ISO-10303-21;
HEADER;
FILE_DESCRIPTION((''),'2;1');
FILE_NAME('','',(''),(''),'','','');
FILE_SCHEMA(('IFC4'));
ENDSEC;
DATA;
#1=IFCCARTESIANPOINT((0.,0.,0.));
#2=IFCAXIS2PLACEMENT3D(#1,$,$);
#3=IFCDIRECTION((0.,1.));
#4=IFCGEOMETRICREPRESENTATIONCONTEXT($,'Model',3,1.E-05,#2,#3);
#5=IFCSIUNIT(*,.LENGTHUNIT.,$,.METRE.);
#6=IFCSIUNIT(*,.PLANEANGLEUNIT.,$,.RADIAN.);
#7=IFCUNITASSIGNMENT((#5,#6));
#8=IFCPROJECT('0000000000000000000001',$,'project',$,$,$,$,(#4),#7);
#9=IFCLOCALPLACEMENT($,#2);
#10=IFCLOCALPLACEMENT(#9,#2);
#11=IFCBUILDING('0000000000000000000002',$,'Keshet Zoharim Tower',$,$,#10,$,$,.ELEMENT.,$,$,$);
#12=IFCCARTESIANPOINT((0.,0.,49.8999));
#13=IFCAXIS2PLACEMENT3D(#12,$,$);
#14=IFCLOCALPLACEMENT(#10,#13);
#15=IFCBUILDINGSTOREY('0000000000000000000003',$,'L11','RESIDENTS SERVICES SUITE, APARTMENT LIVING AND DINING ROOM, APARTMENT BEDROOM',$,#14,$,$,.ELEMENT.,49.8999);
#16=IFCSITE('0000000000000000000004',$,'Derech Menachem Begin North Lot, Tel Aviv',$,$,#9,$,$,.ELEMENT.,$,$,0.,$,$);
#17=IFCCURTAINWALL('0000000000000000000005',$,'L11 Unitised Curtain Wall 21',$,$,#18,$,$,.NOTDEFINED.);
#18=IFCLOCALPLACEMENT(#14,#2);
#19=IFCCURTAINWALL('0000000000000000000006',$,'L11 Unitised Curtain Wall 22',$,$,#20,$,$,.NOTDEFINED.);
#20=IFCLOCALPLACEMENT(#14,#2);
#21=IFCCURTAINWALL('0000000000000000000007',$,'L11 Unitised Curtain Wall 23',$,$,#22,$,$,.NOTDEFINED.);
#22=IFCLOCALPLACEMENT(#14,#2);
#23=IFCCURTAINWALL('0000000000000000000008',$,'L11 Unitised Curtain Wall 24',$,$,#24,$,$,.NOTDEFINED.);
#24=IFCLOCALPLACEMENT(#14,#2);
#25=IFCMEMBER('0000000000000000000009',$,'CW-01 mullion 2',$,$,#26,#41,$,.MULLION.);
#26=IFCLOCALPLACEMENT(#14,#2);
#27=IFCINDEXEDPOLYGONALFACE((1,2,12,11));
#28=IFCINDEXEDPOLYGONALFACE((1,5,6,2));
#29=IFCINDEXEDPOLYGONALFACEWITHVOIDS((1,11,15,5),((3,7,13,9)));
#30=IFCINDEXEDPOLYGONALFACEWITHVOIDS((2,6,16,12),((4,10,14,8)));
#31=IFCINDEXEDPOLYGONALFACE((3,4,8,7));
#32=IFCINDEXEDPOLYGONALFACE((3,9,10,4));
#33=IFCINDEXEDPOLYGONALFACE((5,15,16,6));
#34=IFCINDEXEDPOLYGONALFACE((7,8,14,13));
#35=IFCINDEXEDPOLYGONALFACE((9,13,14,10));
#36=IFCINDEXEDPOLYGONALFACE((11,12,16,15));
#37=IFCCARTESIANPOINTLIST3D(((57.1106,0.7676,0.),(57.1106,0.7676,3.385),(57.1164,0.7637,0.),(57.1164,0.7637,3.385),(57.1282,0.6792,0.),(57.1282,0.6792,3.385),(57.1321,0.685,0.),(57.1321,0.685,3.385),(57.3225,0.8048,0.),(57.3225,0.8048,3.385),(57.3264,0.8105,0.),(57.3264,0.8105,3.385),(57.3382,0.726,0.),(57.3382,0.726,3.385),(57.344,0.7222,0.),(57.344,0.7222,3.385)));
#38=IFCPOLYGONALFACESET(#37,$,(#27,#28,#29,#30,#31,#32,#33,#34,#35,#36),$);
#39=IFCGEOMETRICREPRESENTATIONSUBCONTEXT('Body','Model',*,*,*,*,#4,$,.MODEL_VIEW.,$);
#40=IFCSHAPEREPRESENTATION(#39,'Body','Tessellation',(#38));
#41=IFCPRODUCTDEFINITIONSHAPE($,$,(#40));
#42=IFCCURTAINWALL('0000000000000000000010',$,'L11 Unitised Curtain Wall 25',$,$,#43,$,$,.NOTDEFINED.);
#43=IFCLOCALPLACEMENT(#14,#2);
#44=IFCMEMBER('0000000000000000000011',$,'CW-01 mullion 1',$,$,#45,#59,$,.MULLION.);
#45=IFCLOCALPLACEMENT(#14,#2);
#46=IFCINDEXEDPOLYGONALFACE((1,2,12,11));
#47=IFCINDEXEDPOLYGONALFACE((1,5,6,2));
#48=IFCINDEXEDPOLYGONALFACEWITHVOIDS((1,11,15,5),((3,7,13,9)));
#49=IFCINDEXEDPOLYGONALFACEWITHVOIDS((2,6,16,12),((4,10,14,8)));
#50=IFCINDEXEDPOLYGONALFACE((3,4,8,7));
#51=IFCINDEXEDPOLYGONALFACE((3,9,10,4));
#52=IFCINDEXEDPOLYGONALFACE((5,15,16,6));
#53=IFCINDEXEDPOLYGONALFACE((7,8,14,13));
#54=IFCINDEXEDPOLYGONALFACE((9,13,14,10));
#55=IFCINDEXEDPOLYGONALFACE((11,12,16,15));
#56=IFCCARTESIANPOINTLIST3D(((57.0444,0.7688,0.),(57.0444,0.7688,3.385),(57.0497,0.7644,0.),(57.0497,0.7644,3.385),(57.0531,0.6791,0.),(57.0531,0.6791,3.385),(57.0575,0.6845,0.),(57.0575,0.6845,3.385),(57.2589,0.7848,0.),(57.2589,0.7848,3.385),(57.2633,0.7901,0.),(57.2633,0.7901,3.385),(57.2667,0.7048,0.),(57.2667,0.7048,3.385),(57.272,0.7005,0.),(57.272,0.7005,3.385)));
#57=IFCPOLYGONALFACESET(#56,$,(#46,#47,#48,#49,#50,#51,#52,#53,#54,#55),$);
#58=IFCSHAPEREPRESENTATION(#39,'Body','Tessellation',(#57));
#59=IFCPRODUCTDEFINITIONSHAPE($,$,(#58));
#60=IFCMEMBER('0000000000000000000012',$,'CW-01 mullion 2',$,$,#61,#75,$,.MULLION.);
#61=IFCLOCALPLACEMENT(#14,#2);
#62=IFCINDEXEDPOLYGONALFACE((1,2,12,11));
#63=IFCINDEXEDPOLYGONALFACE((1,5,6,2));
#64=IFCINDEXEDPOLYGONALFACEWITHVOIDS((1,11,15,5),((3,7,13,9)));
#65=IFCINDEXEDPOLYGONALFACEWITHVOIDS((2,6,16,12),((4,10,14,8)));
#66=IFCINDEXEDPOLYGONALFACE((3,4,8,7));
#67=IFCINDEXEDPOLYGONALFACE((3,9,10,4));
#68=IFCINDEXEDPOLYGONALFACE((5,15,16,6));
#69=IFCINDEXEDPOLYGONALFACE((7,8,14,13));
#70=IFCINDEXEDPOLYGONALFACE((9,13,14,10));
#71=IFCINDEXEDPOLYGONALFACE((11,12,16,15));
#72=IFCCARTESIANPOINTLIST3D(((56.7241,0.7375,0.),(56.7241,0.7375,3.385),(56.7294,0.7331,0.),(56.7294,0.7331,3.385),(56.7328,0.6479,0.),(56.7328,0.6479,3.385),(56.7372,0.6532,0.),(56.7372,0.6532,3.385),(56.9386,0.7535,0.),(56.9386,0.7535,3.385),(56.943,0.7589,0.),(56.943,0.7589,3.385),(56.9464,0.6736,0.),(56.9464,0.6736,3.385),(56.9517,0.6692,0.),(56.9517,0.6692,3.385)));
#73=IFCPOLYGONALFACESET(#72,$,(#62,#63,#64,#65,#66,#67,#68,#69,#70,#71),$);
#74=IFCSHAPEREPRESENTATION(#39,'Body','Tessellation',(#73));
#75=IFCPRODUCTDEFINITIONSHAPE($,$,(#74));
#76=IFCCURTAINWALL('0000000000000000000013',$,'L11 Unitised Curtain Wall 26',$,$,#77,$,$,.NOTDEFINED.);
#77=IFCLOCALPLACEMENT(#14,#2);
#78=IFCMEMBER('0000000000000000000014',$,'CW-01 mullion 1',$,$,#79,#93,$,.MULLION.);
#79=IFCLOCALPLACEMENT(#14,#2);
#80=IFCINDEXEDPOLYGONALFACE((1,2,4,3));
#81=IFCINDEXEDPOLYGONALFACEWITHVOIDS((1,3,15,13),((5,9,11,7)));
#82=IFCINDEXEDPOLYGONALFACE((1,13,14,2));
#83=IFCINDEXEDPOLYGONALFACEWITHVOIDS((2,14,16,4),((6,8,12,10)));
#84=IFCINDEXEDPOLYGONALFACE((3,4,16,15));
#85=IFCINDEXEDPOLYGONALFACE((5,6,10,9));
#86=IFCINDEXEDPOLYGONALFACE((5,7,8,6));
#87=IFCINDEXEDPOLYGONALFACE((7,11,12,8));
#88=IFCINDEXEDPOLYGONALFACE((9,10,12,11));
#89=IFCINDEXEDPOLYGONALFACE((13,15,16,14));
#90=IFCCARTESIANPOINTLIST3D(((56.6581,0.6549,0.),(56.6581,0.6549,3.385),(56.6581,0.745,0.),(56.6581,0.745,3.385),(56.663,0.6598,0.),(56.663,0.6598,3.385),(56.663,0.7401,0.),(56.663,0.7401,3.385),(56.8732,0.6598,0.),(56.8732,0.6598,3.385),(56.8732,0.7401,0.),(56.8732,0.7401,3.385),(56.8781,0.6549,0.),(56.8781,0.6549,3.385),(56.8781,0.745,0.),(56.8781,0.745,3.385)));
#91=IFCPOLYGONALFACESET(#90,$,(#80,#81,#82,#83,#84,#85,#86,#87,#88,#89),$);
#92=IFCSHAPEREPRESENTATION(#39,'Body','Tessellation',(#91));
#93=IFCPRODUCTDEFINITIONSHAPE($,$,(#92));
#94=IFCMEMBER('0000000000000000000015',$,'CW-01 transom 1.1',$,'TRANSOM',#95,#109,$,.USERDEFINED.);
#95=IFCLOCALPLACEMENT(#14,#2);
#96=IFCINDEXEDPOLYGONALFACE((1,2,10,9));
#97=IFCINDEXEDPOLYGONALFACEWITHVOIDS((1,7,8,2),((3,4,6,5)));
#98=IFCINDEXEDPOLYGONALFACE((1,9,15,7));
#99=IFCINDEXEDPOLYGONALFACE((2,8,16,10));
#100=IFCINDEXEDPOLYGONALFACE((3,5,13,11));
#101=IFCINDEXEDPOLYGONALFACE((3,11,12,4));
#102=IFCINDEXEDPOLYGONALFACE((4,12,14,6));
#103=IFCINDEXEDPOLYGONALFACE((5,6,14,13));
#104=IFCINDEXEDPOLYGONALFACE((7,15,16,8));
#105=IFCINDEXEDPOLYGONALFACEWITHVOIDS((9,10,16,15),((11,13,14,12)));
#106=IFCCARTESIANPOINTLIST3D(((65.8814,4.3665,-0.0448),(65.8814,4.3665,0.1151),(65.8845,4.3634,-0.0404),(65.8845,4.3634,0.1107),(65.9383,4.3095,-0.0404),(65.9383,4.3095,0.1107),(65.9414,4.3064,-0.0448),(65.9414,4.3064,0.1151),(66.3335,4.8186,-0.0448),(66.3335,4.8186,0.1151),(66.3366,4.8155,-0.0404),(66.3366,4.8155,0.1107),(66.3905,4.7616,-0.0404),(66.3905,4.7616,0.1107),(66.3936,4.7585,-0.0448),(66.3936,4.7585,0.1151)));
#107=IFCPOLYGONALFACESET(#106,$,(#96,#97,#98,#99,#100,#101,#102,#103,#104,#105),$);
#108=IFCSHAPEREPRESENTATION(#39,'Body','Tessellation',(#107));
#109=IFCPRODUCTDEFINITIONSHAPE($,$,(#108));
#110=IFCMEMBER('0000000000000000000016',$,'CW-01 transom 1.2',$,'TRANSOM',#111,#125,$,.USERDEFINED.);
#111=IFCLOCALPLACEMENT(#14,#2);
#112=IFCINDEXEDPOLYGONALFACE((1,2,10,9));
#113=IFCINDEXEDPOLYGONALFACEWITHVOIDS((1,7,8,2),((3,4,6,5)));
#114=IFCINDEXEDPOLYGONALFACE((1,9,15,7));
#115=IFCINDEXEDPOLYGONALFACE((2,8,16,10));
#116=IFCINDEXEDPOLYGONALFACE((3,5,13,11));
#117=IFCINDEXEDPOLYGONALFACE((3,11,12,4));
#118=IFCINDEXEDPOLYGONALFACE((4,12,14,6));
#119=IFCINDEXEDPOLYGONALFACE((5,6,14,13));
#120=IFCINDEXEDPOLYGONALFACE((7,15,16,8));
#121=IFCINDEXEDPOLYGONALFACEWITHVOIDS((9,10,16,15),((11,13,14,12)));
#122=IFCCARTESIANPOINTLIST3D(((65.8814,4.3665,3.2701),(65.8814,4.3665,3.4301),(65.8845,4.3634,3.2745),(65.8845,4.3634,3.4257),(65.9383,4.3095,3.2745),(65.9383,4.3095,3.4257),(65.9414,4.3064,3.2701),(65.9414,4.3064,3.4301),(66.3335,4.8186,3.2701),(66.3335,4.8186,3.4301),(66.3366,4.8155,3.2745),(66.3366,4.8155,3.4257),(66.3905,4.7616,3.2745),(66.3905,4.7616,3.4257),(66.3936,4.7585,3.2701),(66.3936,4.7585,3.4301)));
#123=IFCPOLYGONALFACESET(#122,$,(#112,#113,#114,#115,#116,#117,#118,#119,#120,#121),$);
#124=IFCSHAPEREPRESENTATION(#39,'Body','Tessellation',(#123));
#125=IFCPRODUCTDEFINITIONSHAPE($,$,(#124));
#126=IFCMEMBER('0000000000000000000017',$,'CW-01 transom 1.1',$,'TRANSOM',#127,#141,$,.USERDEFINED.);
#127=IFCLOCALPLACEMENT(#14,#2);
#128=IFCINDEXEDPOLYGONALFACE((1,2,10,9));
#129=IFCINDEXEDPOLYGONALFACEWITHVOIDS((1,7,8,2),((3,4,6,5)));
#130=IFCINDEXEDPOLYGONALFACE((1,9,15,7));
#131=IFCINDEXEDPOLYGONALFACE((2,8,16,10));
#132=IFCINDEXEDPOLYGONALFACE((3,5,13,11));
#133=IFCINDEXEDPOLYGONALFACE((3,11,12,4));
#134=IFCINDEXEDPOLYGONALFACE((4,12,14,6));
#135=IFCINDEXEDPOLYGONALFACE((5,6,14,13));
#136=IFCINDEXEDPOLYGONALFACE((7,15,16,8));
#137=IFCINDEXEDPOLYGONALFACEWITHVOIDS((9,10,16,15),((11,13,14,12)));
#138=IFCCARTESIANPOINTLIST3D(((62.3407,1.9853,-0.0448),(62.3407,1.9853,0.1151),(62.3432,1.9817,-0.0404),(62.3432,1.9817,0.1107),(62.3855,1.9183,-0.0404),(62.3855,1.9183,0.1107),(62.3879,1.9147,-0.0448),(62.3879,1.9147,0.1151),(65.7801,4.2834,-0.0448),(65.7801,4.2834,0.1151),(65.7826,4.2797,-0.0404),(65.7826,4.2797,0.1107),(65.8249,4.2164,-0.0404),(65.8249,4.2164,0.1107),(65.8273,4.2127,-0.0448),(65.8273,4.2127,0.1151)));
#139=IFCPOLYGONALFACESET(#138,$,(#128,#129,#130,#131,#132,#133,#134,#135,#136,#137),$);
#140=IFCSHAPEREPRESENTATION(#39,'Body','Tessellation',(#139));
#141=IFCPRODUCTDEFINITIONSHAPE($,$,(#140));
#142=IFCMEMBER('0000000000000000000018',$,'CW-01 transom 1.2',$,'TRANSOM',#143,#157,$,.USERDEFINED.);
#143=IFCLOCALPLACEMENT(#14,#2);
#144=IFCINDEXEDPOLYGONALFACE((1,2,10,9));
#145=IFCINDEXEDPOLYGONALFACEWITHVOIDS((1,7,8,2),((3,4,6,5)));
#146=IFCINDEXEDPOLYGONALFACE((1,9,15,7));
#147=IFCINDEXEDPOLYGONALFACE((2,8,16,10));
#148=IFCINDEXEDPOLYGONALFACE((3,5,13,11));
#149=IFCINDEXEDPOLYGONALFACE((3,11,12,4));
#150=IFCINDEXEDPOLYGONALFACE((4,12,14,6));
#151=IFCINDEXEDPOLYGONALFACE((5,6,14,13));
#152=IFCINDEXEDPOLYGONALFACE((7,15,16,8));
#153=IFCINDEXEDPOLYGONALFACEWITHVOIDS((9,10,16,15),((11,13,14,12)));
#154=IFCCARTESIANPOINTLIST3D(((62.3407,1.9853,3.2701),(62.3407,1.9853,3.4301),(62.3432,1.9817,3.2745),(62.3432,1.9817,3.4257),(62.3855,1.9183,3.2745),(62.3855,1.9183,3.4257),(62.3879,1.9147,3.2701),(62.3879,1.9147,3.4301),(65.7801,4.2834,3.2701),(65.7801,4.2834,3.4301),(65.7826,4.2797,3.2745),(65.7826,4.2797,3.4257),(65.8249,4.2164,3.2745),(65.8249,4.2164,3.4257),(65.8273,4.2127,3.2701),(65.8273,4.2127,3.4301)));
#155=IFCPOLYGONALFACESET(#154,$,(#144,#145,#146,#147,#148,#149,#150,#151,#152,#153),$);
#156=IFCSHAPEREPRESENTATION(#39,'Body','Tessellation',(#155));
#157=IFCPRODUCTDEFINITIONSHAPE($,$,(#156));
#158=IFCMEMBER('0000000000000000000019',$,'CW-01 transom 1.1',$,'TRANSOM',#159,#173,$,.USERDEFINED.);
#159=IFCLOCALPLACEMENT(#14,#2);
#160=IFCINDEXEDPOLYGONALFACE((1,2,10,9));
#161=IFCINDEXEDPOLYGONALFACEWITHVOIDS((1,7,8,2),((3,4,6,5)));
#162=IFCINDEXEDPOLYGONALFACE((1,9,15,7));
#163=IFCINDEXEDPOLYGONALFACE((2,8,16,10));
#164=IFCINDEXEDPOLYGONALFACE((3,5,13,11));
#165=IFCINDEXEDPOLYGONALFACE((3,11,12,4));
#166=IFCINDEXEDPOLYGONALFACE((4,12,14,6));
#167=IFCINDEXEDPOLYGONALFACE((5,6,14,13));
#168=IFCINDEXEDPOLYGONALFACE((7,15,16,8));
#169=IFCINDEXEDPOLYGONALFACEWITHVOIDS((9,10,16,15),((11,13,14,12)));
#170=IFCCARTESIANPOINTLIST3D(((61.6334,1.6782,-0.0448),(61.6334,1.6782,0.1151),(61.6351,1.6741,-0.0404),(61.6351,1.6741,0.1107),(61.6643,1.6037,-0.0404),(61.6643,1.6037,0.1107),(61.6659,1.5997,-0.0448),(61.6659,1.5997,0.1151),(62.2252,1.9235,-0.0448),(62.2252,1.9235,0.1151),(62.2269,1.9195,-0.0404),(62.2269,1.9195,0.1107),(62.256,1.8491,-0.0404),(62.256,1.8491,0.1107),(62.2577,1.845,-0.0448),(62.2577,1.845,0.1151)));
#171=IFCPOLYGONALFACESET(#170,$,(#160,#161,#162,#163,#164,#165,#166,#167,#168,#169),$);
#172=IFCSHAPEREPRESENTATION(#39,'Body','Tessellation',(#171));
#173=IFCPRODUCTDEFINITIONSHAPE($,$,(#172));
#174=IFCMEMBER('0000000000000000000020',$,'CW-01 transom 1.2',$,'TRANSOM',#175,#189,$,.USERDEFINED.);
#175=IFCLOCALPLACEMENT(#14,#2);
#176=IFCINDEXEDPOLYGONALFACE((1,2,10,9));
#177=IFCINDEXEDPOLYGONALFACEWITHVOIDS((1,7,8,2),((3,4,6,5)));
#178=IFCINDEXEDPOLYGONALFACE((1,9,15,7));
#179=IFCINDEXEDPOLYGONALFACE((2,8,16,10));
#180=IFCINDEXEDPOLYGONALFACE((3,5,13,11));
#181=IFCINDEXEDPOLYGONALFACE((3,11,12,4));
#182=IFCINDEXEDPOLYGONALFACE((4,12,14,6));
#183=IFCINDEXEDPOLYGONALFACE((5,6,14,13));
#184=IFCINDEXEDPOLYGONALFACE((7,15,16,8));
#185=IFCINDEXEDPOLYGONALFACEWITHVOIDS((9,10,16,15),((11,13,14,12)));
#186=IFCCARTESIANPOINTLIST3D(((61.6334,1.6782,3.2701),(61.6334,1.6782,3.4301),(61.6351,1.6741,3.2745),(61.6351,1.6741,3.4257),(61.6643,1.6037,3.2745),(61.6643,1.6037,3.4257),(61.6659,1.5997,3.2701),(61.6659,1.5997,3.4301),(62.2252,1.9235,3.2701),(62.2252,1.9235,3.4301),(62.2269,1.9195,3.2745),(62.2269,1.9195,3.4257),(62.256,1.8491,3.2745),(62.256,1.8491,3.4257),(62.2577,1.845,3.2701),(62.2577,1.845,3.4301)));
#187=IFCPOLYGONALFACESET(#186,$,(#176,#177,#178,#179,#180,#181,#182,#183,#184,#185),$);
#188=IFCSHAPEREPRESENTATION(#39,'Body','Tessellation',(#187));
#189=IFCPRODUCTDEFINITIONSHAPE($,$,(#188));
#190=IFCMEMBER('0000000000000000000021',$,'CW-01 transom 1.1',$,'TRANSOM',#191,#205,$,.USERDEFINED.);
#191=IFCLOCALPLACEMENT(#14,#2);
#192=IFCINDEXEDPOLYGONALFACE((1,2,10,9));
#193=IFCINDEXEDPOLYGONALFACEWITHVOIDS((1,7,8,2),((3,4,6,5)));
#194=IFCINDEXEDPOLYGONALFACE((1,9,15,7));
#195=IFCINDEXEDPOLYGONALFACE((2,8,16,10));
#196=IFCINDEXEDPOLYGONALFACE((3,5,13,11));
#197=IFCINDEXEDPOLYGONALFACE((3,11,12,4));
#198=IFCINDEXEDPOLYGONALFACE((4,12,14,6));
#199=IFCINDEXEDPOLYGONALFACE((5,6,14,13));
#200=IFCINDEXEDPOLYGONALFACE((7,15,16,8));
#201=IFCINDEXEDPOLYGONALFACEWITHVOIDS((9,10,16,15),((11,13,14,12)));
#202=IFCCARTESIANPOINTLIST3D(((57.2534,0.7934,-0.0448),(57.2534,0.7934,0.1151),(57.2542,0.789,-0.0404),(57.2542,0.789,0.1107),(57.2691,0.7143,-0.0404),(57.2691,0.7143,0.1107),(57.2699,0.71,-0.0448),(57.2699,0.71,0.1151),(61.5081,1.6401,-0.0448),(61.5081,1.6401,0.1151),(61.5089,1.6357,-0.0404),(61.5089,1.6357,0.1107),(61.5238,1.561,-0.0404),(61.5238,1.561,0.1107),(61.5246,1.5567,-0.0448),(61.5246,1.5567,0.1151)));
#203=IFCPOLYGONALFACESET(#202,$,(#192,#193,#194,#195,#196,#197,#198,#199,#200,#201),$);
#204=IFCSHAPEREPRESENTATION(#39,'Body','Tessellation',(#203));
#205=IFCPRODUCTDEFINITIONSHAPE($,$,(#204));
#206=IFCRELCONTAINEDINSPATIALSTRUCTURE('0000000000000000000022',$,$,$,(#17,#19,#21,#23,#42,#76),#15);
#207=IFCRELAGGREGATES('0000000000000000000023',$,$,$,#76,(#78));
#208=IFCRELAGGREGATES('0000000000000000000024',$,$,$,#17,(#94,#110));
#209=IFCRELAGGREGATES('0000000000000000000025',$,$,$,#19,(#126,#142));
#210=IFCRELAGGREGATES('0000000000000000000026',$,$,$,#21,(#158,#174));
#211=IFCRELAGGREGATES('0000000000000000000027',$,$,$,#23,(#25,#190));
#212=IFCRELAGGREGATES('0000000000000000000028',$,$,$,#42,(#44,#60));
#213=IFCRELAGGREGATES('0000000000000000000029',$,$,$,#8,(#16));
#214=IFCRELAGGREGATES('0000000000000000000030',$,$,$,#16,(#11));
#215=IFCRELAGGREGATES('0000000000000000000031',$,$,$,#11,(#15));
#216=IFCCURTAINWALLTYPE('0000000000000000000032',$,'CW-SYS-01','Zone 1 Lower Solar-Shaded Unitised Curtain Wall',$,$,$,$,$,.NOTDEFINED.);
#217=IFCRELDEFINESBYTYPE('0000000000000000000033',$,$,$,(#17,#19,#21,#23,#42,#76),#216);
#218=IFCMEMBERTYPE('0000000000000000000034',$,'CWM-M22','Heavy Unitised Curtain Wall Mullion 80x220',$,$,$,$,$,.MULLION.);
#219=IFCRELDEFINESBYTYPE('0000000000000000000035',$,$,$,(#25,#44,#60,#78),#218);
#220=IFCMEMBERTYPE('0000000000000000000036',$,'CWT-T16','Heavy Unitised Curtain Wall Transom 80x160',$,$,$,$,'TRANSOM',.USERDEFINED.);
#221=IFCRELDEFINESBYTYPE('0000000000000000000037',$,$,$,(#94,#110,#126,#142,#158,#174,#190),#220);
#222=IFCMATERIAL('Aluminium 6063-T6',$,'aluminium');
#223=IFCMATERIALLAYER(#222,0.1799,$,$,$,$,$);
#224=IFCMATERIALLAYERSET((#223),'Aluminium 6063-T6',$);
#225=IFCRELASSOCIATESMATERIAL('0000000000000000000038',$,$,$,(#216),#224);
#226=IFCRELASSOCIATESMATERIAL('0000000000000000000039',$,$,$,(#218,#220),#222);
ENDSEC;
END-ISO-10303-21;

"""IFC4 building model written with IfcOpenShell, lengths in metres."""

from ifc_helpers import new_model, si_unit, direction, frame, origin, origin_2d, place, context, subcontext, project, spatial, hollow_rectangle, extrude, material, layer, layer_set, material_profile, profile_set, type_object, element, aggregate, save


model = new_model("IFC4")

# Units and contexts
model_context = context("Model", 3, precision=1e-05, world=origin(), true_north=direction((0.0, 1.0)))
body_context = subcontext(model_context, "Body", "Model", "MODEL_VIEW")
ifc_project = project(units=[si_unit("LENGTHUNIT", "METRE"), si_unit("PLANEANGLEUNIT", "RADIAN")], contexts=[model_context])

# Site, building, storey
site_placement = place(None, origin())
site = spatial("IfcSite", under=ifc_project, at=site_placement, Name="Derech Menachem Begin North Lot, Tel Aviv", CompositionType="ELEMENT", RefElevation=0.0)
building_placement = place(site_placement, origin())
building = spatial("IfcBuilding", under=site, at=building_placement, Name="Keshet Zoharim Tower", CompositionType="ELEMENT")
storey_placement = place(building_placement, frame((0.0, 0.0, 49.8999)))
storey = spatial("IfcBuildingStorey", under=building, at=storey_placement, Name="L11", Description="RESIDENTS SERVICES SUITE, APARTMENT LIVING AND DINING ROOM, APARTMENT BEDROOM", CompositionType="ELEMENT", Elevation=49.8999)

# Shared definitions
ifc_material_1 = material(Name="Aluminium 6063-T6", Category="aluminium")
ifc_layer_1 = layer(ifc_material_1, 0.1799)
ifc_layer_set_1 = layer_set([ifc_layer_1], Name="Aluminium 6063-T6")
curtain_wall_type = type_object("IfcCurtainWallType", Name="CW-SYS-01", Description="Zone 1 Lower Solar-Shaded Unitised Curtain Wall", PredefinedType="NOTDEFINED", material=ifc_layer_set_1)
ifc_material_profile_1 = material_profile(ifc_material_1, hollow_rectangle(XDim=0.0901, YDim=0.22, WallThickness=0.0049, at=origin_2d()), Name="MUL-90x220")
ifc_profile_set_1 = profile_set([ifc_material_profile_1], Name="Aluminium 6063-T6")
member_type_1 = type_object("IfcMemberType", Name="CWM-M22", Description="Heavy Unitised Curtain Wall Mullion 80x220", PredefinedType="MULLION", material=ifc_profile_set_1)

# Curtain walls, members
curtain_wall_1_placement = place(storey_placement, origin())
curtain_wall_1 = element("IfcCurtainWall", 1, at=curtain_wall_1_placement, inside=storey, type_object=curtain_wall_type, Name="L11 Unitised Curtain Wall 21", PredefinedType="NOTDEFINED")
curtain_wall_2_placement = place(storey_placement, origin())
curtain_wall_2 = element("IfcCurtainWall", 2, at=curtain_wall_2_placement, inside=storey, type_object=curtain_wall_type, Name="L11 Unitised Curtain Wall 22", PredefinedType="NOTDEFINED")
curtain_wall_3_placement = place(storey_placement, origin())
curtain_wall_3 = element("IfcCurtainWall", 3, at=curtain_wall_3_placement, inside=storey, type_object=curtain_wall_type, Name="L11 Unitised Curtain Wall 23", PredefinedType="NOTDEFINED")
curtain_wall_4_placement = place(storey_placement, origin())
curtain_wall_4 = element("IfcCurtainWall", 4, at=curtain_wall_4_placement, inside=storey, type_object=curtain_wall_type, Name="L11 Unitised Curtain Wall 24", PredefinedType="NOTDEFINED")
member_1_placement = place(storey_placement, frame((57.2273, 0.7449, 0.0), z_axis=(0.0, 0.0, 1.0), x_axis=(0.195171, -0.980769, 0.0)))
member_1 = element("IfcMember", 5, at=member_1_placement, type_object=member_type_1, Name="CW-01 mullion 2", PredefinedType="MULLION", context=body_context, shape_type="SweptSolid", body=[
    extrude(hollow_rectangle(XDim=0.0901, YDim=0.22, WallThickness=0.0049, at=origin_2d()), origin(), (0.0, 0.0, 1.0), 3.385),
])
curtain_wall_5_placement = place(storey_placement, origin())
curtain_wall_5 = element("IfcCurtainWall", 6, at=curtain_wall_5_placement, inside=storey, type_object=curtain_wall_type, Name="L11 Unitised Curtain Wall 25", PredefinedType="NOTDEFINED")
member_2_placement = place(storey_placement, frame((57.1582, 0.7346, 0.0), z_axis=(0.0, 0.0, 1.0), x_axis=(0.096977, -0.995287, 0.0)))
member_2 = element("IfcMember", 7, at=member_2_placement, type_object=member_type_1, Name="CW-01 mullion 1", PredefinedType="MULLION", context=body_context, shape_type="SweptSolid", body=[
    extrude(hollow_rectangle(XDim=0.0901, YDim=0.22, WallThickness=0.0049, at=origin_2d()), origin(), (0.0, 0.0, 1.0), 3.385),
])
member_3_placement = place(storey_placement, frame((56.8379, 0.7034, 0.0), z_axis=(0.0, 0.0, 1.0), x_axis=(0.096977, -0.995287, 0.0)))
member_3 = element("IfcMember", 8, at=member_3_placement, type_object=member_type_1, Name="CW-01 mullion 2", PredefinedType="MULLION", context=body_context, shape_type="SweptSolid", body=[
    extrude(hollow_rectangle(XDim=0.0901, YDim=0.22, WallThickness=0.0049, at=origin_2d()), origin(), (0.0, 0.0, 1.0), 3.385),
])

# Curtain wall, member
curtain_wall_6_placement = place(storey_placement, origin())
curtain_wall_6 = element("IfcCurtainWall", 9, at=curtain_wall_6_placement, inside=storey, type_object=curtain_wall_type, Name="L11 Unitised Curtain Wall 26", PredefinedType="NOTDEFINED")
member_4_placement = place(storey_placement, frame((56.7681, 0.7, 0.0), z_axis=(0.0, 0.0, 1.0), x_axis=(0.0, -1.0, 0.0)))
member_4 = element("IfcMember", 10, at=member_4_placement, type_object=member_type_1, Name="CW-01 mullion 1", PredefinedType="MULLION", context=body_context, shape_type="SweptSolid", body=[
    extrude(hollow_rectangle(XDim=0.0901, YDim=0.22, WallThickness=0.0049, at=origin_2d()), origin(), (0.0, 0.0, 1.0), 3.385),
])
aggregate(curtain_wall_6, [member_4])

# Members
ifc_material_profile_2 = material_profile(ifc_material_1, hollow_rectangle(XDim=0.085, YDim=0.1599, WallThickness=0.0044, at=origin_2d()), Name="TRN-85x160")
ifc_profile_set_2 = profile_set([ifc_material_profile_2], Name="Aluminium 6063-T6")
member_type_2 = type_object("IfcMemberType", Name="CWT-T16", Description="Heavy Unitised Curtain Wall Transom 80x160", ElementType="TRANSOM", PredefinedType="USERDEFINED", material=ifc_profile_set_2)
member_5_placement = place(storey_placement, frame((66.3635, 4.7886, 0.0352), z_axis=(-0.707107, -0.707107, 0.0), x_axis=(0.707107, -0.707107, 0.0)))
member_5 = element("IfcMember", 11, at=member_5_placement, type_object=member_type_2, Name="CW-01 transom 1.1", ObjectType="TRANSOM", PredefinedType="USERDEFINED", context=body_context, shape_type="SweptSolid", body=[
    extrude(hollow_rectangle(XDim=0.085, YDim=0.1599, WallThickness=0.0044, at=origin_2d()), origin(), (0.0, 0.0, 1.0), 0.6394),
])
member_6_placement = place(storey_placement, frame((66.3635, 4.7886, 3.3501), z_axis=(-0.707107, -0.707107, 0.0), x_axis=(0.707107, -0.707107, 0.0)))
member_6 = element("IfcMember", 12, at=member_6_placement, type_object=member_type_2, Name="CW-01 transom 1.2", ObjectType="TRANSOM", PredefinedType="USERDEFINED", context=body_context, shape_type="SweptSolid", body=[
    extrude(hollow_rectangle(XDim=0.085, YDim=0.1599, WallThickness=0.0044, at=origin_2d()), origin(), (0.0, 0.0, 1.0), 0.6394),
])
member_7_placement = place(storey_placement, frame((65.8037, 4.248, 0.0352), z_axis=(-0.831478, -0.555558, 0.0), x_axis=(0.555558, -0.831478, 0.0)))
member_7 = element("IfcMember", 13, at=member_7_placement, type_object=member_type_2, Name="CW-01 transom 1.1", ObjectType="TRANSOM", PredefinedType="USERDEFINED", context=body_context, shape_type="SweptSolid", body=[
    extrude(hollow_rectangle(XDim=0.085, YDim=0.1599, WallThickness=0.0044, at=origin_2d()), origin(), (0.0, 0.0, 1.0), 4.1365),
])
member_8_placement = place(storey_placement, frame((65.8037, 4.248, 3.3501), z_axis=(-0.831478, -0.555558, 0.0), x_axis=(0.555558, -0.831478, 0.0)))
member_8 = element("IfcMember", 14, at=member_8_placement, type_object=member_type_2, Name="CW-01 transom 1.2", ObjectType="TRANSOM", PredefinedType="USERDEFINED", context=body_context, shape_type="SweptSolid", body=[
    extrude(hollow_rectangle(XDim=0.085, YDim=0.1599, WallThickness=0.0044, at=origin_2d()), origin(), (0.0, 0.0, 1.0), 4.1365),
])
member_9_placement = place(storey_placement, frame((62.2415, 1.8843, 0.0352), z_axis=(-0.923752, -0.382991, 0.0), x_axis=(0.382991, -0.923752, 0.0)))
member_9 = element("IfcMember", 15, at=member_9_placement, type_object=member_type_2, Name="CW-01 transom 1.1", ObjectType="TRANSOM", PredefinedType="USERDEFINED", context=body_context, shape_type="SweptSolid", body=[
    extrude(hollow_rectangle(XDim=0.085, YDim=0.1599, WallThickness=0.0044, at=origin_2d()), origin(), (0.0, 0.0, 1.0), 0.6406),
])
member_10_placement = place(storey_placement, frame((62.2415, 1.8843, 3.3501), z_axis=(-0.923752, -0.382991, 0.0), x_axis=(0.382991, -0.923752, 0.0)))
member_10 = element("IfcMember", 16, at=member_10_placement, type_object=member_type_2, Name="CW-01 transom 1.2", ObjectType="TRANSOM", PredefinedType="USERDEFINED", context=body_context, shape_type="SweptSolid", body=[
    extrude(hollow_rectangle(XDim=0.085, YDim=0.1599, WallThickness=0.0044, at=origin_2d()), origin(), (0.0, 0.0, 1.0), 0.6406),
])
member_11_placement = place(storey_placement, frame((61.5164, 1.5984, 0.0352), z_axis=(-0.980769, -0.195174, 0.0), x_axis=(0.195174, -0.980769, 0.0)))
member_11 = element("IfcMember", 17, at=member_11_placement, type_object=member_type_2, Name="CW-01 transom 1.1", ObjectType="TRANSOM", PredefinedType="USERDEFINED", context=body_context, shape_type="SweptSolid", body=[
    extrude(hollow_rectangle(XDim=0.085, YDim=0.1599, WallThickness=0.0044, at=origin_2d()), origin(), (0.0, 0.0, 1.0), 4.3381),
])

aggregate(curtain_wall_1, [member_5, member_6])
aggregate(curtain_wall_2, [member_7, member_8])
aggregate(curtain_wall_3, [member_9, member_10])
aggregate(curtain_wall_4, [member_1, member_11])
aggregate(curtain_wall_5, [member_2, member_3])

save(model, "model.ifc")
